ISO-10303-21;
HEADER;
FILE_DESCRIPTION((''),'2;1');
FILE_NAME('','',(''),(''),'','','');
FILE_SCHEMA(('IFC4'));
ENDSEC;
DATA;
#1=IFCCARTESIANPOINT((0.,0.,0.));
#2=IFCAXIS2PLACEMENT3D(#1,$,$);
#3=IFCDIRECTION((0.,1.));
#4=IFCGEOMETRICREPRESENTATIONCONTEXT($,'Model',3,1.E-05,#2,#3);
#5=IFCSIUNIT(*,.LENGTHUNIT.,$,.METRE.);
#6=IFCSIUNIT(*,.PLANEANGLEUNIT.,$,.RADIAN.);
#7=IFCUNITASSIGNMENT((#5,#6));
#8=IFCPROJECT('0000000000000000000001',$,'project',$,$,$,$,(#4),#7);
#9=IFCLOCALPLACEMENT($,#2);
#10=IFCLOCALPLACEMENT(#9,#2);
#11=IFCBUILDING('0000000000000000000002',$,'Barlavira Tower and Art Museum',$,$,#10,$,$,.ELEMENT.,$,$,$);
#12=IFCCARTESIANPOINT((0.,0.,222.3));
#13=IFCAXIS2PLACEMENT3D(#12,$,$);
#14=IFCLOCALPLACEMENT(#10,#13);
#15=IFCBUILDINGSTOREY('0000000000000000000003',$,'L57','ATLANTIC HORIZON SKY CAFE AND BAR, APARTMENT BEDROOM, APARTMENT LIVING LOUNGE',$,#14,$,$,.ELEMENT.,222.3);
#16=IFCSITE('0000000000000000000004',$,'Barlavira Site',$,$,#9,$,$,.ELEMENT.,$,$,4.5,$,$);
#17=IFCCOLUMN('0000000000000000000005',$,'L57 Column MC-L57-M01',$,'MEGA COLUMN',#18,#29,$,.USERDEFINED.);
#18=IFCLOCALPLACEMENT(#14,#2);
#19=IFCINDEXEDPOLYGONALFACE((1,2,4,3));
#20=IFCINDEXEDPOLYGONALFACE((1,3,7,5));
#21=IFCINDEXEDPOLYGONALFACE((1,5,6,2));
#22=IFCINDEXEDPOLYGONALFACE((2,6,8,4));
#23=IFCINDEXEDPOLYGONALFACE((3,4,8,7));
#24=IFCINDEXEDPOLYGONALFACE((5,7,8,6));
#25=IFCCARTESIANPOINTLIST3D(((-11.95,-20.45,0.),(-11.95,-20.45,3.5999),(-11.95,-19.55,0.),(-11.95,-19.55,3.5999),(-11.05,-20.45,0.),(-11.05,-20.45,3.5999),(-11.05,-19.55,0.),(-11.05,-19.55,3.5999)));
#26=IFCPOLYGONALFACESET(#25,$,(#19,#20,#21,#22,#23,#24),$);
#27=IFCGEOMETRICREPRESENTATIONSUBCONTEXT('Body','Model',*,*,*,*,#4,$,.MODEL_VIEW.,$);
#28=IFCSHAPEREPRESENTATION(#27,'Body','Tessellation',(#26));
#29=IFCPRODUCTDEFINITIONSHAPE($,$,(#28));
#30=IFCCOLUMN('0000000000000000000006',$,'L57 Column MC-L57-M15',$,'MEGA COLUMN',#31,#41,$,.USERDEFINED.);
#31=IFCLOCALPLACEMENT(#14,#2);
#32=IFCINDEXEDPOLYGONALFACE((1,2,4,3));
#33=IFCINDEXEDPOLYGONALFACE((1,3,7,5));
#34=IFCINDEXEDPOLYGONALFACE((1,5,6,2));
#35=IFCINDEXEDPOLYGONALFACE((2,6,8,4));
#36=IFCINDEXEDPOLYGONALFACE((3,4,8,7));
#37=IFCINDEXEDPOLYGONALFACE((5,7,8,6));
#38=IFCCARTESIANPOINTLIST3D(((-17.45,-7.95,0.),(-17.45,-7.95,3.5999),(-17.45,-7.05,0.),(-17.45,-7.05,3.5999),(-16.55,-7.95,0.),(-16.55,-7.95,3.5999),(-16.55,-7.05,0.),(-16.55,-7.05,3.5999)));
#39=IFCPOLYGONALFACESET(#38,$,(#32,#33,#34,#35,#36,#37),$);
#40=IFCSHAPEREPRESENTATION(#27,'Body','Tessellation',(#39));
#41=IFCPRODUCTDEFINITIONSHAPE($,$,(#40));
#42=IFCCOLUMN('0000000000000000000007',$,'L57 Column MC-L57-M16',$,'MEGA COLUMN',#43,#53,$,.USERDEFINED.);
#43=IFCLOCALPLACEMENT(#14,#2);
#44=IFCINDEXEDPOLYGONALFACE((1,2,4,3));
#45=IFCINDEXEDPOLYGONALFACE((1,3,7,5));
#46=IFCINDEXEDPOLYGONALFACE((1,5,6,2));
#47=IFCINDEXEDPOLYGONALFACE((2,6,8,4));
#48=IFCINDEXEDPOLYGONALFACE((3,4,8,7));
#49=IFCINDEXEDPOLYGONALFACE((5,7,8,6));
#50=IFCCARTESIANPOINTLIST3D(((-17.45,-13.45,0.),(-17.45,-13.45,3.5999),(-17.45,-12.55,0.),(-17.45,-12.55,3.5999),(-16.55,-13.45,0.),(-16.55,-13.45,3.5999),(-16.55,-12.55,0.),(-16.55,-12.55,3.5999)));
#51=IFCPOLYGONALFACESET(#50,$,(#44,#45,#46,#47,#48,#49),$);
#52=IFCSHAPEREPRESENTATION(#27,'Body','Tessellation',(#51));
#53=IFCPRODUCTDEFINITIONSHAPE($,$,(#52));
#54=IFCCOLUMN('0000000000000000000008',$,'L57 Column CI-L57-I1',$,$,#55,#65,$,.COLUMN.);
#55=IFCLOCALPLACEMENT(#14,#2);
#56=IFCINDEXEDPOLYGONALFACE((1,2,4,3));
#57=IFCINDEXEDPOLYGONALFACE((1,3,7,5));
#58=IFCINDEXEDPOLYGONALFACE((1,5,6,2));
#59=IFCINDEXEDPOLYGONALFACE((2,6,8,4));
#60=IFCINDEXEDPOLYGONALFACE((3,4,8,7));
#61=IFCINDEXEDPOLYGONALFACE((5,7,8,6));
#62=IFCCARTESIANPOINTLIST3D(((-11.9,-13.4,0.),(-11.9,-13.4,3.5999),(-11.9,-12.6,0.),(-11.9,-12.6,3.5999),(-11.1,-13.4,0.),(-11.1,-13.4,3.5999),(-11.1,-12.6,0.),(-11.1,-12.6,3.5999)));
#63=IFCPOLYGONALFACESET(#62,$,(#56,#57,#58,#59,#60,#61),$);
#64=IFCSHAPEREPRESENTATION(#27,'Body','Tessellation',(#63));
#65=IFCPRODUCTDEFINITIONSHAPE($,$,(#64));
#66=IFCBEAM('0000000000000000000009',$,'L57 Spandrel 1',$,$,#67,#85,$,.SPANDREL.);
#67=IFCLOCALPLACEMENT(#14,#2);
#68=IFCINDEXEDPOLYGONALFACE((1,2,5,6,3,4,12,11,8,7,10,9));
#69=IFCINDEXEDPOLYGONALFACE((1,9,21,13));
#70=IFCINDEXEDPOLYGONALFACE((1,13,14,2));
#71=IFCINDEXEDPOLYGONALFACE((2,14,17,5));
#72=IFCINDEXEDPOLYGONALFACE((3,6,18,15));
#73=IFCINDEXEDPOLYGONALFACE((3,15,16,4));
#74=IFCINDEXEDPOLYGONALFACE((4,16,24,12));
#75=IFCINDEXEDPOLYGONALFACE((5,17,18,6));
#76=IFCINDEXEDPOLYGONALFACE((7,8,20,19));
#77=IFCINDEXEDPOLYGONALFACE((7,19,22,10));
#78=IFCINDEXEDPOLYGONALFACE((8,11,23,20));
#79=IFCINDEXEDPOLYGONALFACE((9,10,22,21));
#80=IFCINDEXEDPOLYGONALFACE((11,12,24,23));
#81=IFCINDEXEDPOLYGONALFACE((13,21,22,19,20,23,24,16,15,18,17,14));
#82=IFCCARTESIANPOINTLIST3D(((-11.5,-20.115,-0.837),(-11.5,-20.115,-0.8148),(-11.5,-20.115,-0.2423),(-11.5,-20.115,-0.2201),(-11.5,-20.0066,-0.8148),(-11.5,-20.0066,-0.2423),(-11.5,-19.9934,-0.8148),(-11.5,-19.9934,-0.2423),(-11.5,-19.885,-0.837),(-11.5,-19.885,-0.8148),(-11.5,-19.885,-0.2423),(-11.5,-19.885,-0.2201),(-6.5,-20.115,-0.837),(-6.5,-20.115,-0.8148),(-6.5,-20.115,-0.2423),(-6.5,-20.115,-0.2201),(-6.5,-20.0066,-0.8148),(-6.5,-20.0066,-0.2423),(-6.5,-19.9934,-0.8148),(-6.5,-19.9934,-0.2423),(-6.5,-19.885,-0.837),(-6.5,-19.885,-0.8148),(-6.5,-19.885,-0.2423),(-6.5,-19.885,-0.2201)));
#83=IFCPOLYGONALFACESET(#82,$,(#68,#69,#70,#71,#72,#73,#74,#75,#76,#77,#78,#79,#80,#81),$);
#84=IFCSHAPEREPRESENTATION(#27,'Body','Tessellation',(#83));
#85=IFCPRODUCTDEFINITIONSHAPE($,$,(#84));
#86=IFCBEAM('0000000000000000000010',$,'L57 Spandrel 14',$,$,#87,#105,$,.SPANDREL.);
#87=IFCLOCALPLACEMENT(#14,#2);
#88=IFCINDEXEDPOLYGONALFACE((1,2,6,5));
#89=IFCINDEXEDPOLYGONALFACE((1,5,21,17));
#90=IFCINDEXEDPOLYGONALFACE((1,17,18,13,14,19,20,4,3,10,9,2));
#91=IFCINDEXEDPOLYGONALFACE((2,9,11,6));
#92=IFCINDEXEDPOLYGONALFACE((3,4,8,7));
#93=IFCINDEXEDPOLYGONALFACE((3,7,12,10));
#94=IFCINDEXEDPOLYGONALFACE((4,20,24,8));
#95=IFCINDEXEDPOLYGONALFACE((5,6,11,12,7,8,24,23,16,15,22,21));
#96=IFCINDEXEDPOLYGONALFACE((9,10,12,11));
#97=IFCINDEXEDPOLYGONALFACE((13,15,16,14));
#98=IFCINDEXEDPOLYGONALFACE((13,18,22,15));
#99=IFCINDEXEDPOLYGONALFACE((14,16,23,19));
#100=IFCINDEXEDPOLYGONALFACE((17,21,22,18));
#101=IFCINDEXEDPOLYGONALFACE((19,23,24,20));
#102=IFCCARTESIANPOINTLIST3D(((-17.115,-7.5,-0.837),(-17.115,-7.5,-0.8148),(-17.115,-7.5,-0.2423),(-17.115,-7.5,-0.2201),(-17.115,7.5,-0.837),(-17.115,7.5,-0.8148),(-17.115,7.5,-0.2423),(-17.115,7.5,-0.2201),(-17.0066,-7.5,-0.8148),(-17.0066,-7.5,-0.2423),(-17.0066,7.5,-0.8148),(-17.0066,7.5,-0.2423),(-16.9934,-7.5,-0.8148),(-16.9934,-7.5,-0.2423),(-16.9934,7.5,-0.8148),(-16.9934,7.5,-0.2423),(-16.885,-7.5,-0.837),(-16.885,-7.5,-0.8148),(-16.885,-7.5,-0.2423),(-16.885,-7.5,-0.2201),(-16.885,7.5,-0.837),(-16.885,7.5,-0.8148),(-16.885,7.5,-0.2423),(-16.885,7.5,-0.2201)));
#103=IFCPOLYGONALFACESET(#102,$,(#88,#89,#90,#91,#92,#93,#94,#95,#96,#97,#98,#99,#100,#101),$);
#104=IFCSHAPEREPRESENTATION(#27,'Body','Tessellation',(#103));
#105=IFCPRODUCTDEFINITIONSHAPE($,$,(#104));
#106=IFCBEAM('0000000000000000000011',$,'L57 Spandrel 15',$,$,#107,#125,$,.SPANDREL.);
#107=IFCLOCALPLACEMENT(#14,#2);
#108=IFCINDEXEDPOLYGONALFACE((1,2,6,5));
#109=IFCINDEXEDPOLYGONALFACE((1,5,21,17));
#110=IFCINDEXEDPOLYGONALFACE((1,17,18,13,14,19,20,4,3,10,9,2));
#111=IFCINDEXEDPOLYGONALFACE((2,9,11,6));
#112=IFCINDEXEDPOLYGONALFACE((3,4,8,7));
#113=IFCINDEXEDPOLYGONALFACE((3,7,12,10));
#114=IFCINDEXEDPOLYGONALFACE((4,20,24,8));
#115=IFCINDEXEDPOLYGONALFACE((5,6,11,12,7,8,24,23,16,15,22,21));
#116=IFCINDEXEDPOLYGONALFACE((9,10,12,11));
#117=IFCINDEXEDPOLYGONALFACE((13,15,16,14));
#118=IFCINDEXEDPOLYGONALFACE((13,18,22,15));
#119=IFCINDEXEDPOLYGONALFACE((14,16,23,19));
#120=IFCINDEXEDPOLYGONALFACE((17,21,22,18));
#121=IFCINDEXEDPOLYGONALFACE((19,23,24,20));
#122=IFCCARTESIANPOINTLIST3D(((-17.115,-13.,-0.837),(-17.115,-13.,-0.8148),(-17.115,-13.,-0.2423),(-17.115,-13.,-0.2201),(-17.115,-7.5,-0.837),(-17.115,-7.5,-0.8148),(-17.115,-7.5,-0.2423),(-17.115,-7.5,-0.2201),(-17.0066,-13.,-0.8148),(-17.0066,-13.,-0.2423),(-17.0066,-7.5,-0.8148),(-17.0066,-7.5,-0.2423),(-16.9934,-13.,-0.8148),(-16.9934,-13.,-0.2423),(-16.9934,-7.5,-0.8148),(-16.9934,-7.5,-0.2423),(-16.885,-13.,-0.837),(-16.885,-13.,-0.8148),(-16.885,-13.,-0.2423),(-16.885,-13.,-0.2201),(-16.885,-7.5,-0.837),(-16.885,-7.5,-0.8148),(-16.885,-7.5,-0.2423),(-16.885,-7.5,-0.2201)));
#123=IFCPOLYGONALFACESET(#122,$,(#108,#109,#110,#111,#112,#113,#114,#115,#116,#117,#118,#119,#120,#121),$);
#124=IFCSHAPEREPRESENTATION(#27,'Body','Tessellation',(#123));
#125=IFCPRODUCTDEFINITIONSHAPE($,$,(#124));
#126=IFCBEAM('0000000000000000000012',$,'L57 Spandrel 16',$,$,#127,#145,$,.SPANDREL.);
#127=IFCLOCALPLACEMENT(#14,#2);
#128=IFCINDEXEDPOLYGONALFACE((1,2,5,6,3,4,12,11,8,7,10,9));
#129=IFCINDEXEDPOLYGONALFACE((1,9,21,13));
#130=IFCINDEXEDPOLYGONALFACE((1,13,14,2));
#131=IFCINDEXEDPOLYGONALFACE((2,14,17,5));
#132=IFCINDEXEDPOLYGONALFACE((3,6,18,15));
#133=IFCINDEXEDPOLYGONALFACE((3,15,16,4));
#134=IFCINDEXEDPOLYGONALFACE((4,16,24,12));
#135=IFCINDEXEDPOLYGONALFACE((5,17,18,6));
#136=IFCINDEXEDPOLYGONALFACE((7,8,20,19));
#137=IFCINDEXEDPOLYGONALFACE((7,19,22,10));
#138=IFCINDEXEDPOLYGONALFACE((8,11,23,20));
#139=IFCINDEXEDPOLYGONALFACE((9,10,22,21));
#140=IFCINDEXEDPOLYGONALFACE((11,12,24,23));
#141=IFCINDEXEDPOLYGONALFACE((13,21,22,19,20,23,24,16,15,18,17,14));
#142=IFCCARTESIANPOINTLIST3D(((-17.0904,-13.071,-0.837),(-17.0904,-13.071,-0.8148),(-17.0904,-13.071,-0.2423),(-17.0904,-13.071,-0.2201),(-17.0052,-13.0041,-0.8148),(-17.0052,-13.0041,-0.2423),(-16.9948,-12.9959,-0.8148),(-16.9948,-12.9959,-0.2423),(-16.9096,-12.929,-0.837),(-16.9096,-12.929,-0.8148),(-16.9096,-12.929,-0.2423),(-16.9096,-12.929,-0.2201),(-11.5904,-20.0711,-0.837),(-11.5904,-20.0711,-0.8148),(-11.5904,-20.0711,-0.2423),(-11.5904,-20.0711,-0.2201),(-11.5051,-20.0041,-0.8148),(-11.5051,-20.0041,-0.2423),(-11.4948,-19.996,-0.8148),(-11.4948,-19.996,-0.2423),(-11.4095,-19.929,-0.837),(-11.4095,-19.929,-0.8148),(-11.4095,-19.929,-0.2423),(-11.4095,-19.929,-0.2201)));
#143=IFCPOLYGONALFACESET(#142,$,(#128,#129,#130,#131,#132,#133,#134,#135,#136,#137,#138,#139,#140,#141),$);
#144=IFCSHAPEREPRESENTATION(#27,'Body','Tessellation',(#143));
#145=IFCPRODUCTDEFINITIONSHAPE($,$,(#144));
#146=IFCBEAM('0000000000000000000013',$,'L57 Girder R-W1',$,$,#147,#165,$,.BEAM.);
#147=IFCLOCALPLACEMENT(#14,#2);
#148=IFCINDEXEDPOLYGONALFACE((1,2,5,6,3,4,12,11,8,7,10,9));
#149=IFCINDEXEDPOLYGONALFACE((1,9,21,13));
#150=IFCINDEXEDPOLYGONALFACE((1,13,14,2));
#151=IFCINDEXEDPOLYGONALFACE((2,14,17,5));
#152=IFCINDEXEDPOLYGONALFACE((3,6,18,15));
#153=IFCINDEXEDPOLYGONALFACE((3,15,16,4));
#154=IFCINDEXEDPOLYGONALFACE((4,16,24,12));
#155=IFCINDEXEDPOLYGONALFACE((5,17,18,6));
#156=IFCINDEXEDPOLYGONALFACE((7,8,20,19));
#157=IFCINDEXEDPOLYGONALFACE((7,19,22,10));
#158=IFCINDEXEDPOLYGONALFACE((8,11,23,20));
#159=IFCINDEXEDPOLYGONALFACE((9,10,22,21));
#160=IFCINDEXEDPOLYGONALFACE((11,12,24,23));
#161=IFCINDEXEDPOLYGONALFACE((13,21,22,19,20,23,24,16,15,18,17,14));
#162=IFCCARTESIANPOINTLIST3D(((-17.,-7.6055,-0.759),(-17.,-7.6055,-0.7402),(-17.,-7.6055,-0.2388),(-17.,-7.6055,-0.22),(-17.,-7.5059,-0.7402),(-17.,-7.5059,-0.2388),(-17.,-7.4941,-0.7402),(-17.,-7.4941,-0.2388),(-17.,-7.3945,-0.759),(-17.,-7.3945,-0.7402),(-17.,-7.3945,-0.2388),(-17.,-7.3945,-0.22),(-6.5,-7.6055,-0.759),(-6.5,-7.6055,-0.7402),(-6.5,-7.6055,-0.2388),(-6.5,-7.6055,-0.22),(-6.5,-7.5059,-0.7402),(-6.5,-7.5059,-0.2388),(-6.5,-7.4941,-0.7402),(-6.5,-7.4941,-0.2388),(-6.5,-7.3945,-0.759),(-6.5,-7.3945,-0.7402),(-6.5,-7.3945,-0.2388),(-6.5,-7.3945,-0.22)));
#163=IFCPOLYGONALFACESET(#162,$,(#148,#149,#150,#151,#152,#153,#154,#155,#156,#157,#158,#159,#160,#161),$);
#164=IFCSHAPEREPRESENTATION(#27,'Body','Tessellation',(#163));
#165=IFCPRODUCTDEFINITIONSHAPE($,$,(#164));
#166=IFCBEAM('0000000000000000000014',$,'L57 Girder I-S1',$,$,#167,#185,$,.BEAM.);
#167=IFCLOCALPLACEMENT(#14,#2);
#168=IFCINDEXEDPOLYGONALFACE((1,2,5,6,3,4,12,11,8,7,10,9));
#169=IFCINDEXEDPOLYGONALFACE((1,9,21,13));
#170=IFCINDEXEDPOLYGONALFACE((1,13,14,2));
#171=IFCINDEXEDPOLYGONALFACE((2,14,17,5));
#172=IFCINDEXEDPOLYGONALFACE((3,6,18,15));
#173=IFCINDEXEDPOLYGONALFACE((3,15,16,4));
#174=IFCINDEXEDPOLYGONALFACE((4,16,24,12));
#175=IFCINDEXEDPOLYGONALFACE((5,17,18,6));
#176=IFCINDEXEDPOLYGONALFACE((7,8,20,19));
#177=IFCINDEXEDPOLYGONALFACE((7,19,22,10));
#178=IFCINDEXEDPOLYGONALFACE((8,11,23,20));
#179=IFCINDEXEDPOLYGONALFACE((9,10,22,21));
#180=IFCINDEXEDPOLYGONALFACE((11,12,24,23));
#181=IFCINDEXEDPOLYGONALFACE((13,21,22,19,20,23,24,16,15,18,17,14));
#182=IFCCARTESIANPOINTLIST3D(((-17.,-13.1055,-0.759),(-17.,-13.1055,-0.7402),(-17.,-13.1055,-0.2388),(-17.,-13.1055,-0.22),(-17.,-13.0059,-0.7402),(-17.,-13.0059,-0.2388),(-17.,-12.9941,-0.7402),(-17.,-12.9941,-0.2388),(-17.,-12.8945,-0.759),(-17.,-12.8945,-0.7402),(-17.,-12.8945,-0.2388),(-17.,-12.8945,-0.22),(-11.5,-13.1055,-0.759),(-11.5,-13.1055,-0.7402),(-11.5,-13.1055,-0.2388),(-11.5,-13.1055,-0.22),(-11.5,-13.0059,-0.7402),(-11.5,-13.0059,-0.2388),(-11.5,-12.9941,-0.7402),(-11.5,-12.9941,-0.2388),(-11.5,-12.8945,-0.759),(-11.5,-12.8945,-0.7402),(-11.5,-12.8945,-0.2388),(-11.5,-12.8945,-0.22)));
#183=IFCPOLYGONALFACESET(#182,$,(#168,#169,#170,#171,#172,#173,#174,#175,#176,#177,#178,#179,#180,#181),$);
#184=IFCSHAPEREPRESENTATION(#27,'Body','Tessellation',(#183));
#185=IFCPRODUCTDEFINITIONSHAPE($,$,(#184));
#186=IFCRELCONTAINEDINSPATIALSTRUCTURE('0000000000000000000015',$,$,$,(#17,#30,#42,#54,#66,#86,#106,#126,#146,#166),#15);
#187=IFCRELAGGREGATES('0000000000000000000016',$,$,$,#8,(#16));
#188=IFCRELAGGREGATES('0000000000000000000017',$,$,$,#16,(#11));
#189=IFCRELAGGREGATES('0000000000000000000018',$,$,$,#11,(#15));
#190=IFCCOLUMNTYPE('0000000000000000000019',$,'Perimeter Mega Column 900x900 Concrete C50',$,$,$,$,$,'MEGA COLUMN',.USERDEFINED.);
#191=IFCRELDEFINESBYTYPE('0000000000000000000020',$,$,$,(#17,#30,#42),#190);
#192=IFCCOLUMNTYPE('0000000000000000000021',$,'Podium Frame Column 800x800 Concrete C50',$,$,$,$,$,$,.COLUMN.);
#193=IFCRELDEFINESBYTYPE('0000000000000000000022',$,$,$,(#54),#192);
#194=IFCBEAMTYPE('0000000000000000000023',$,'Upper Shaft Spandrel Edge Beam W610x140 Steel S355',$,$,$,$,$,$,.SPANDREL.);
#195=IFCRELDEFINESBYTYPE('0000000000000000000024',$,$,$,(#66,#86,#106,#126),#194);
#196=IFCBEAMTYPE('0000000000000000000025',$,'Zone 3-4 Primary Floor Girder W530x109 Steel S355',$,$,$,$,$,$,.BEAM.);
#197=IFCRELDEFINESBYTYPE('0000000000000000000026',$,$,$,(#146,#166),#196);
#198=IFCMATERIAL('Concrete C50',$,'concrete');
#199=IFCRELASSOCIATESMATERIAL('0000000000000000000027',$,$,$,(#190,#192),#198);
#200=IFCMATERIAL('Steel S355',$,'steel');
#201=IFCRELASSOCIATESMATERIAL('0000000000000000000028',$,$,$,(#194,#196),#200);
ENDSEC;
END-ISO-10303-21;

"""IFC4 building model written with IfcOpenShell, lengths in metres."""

from ifc_helpers import new_model, si_unit, direction, frame, origin, origin_2d, place, context, subcontext, project, spatial, rectangle, i_section, extrude, material, material_profile, profile_set, type_object, element, save


model = new_model("IFC4")

# Units and contexts
model_context = context("Model", 3, precision=1e-05, world=origin(), true_north=direction((0.0, 1.0)))
body_context = subcontext(model_context, "Body", "Model", "MODEL_VIEW")
ifc_project = project(units=[si_unit("LENGTHUNIT", "METRE"), si_unit("PLANEANGLEUNIT", "RADIAN")], contexts=[model_context])

# Site, building, storey
site_placement = place(None, origin())
site = spatial("IfcSite", under=ifc_project, at=site_placement, Name="Barlavira Site", CompositionType="ELEMENT", RefElevation=4.5)
building_placement = place(site_placement, origin())
building = spatial("IfcBuilding", under=site, at=building_placement, Name="Barlavira Tower and Art Museum", CompositionType="ELEMENT")
storey_placement = place(building_placement, frame((0.0, 0.0, 222.3)))
storey = spatial("IfcBuildingStorey", under=building, at=storey_placement, Name="L57", Description="ATLANTIC HORIZON SKY CAFE AND BAR, APARTMENT BEDROOM, APARTMENT LIVING LOUNGE", CompositionType="ELEMENT", Elevation=222.3)

# Columns
ifc_material_1 = material(Name="Concrete C50", Category="concrete")
ifc_material_profile_1 = material_profile(ifc_material_1, rectangle(XDim=0.8999, YDim=0.8999, at=origin_2d()), Name="RC-COL 900x900")
ifc_profile_set_1 = profile_set([ifc_material_profile_1], Name="Concrete C50")
column_type_1 = type_object("IfcColumnType", Name="Perimeter Mega Column 900x900 Concrete C50", ElementType="MEGA COLUMN", PredefinedType="USERDEFINED", material=ifc_profile_set_1)
for number, where, z_axis, x_axis, name in (
    (1, (-11.5, -20.0, 0.0), (0.0, 0.0, 1.0), (1.0, 0.0, 0.0), "L57 Column MC-L57-M01"),
    (2, (-17.0, -7.5, 0.0), (0.0, 0.0, 1.0), (1.0, 0.0, 0.0), "L57 Column MC-L57-M15"),
    (3, (-17.0, -13.0, 0.0), (0.0, 0.0, 1.0), (1.0, 0.0, 0.0), "L57 Column MC-L57-M16"),
):
    element("IfcColumn", number, at=place(storey_placement, frame(where, z_axis=z_axis, x_axis=x_axis)), inside=storey, type_object=column_type_1, Name=name, ObjectType="MEGA COLUMN", PredefinedType="USERDEFINED", context=body_context, shape_type="SweptSolid", body=[
        extrude(rectangle(XDim=0.8999, YDim=0.8999, at=origin_2d()), origin(), (0.0, 0.0, 1.0), 3.5999),
    ])
ifc_material_profile_2 = material_profile(ifc_material_1, rectangle(XDim=0.8, YDim=0.8, at=origin_2d()), Name="RC-COL 800x800")
ifc_profile_set_2 = profile_set([ifc_material_profile_2], Name="Concrete C50")
column_type_2 = type_object("IfcColumnType", Name="Podium Frame Column 800x800 Concrete C50", PredefinedType="COLUMN", material=ifc_profile_set_2)
column_placement = place(storey_placement, frame((-11.5, -13.0, 0.0), z_axis=(0.0, 0.0, 1.0), x_axis=(1.0, 0.0, 0.0)))
element("IfcColumn", 4, at=column_placement, inside=storey, type_object=column_type_2, Name="L57 Column CI-L57-I1", PredefinedType="COLUMN", context=body_context, shape_type="SweptSolid", body=[
    extrude(rectangle(XDim=0.8, YDim=0.8, at=origin_2d()), origin(), (0.0, 0.0, 1.0), 3.5999),
])

# Beams
ifc_material_2 = material(Name="Steel S355", Category="steel")
ifc_material_profile_3 = material_profile(ifc_material_2, i_section(OverallWidth=0.23, OverallDepth=0.6169, WebThickness=0.0132, FlangeThickness=0.0222, at=origin_2d()), Name="W610x140.0")
ifc_profile_set_3 = profile_set([ifc_material_profile_3], Name="Steel S355")
beam_type_1 = type_object("IfcBeamType", Name="Upper Shaft Spandrel Edge Beam W610x140 Steel S355", PredefinedType="SPANDREL", material=ifc_profile_set_3)
beam_1_placement = place(storey_placement, frame((-11.5, -20.0, -0.5286), z_axis=(1.0, 0.0, 0.0), x_axis=(0.0, 1.0, 0.0)))
element("IfcBeam", 5, at=beam_1_placement, inside=storey, type_object=beam_type_1, Name="L57 Spandrel 1", PredefinedType="SPANDREL", context=body_context, shape_type="SweptSolid", body=[
    extrude(i_section(OverallWidth=0.23, OverallDepth=0.6169, WebThickness=0.0132, FlangeThickness=0.0222, at=origin_2d()), origin(), (0.0, 0.0, 1.0), 5.0),
])
beam_2_placement = place(storey_placement, frame((-17.0, -7.5, -0.5286), z_axis=(0.0, 1.0, 0.0), x_axis=(-1.0, 0.0, 0.0)))
element("IfcBeam", 6, at=beam_2_placement, inside=storey, type_object=beam_type_1, Name="L57 Spandrel 14", PredefinedType="SPANDREL", context=body_context, shape_type="SweptSolid", body=[
    extrude(i_section(OverallWidth=0.23, OverallDepth=0.6169, WebThickness=0.0132, FlangeThickness=0.0222, at=origin_2d()), origin(), (0.0, 0.0, 1.0), 15.0),
])
beam_3_placement = place(storey_placement, frame((-17.0, -13.0, -0.5286), z_axis=(0.0, 1.0, 0.0), x_axis=(-1.0, 0.0, 0.0)))
element("IfcBeam", 7, at=beam_3_placement, inside=storey, type_object=beam_type_1, Name="L57 Spandrel 15", PredefinedType="SPANDREL", context=body_context, shape_type="SweptSolid", body=[
    extrude(i_section(OverallWidth=0.23, OverallDepth=0.6169, WebThickness=0.0132, FlangeThickness=0.0222, at=origin_2d()), origin(), (0.0, 0.0, 1.0), 5.5),
])
beam_4_placement = place(storey_placement, frame((-17.0, -13.0, -0.5286), z_axis=(0.617822, -0.786318, 0.0), x_axis=(0.786318, 0.617822, 0.0)))
element("IfcBeam", 8, at=beam_4_placement, inside=storey, type_object=beam_type_1, Name="L57 Spandrel 16", PredefinedType="SPANDREL", context=body_context, shape_type="SweptSolid", body=[
    extrude(i_section(OverallWidth=0.23, OverallDepth=0.6169, WebThickness=0.0132, FlangeThickness=0.0222, at=origin_2d()), origin(), (0.0, 0.0, 1.0), 8.9023),
])
ifc_material_profile_4 = material_profile(ifc_material_2, i_section(OverallWidth=0.2109, OverallDepth=0.5391, WebThickness=0.0117, FlangeThickness=0.0188, at=origin_2d()), Name="W530x109.0")
ifc_profile_set_4 = profile_set([ifc_material_profile_4], Name="Steel S355")
beam_type_2 = type_object("IfcBeamType", Name="Zone 3-4 Primary Floor Girder W530x109 Steel S355", PredefinedType="BEAM", material=ifc_profile_set_4)
beam_5_placement = place(storey_placement, frame((-17.0, -7.5, -0.4895), z_axis=(1.0, 0.0, 0.0), x_axis=(0.0, 1.0, 0.0)))
element("IfcBeam", 9, at=beam_5_placement, inside=storey, type_object=beam_type_2, Name="L57 Girder R-W1", PredefinedType="BEAM", context=body_context, shape_type="SweptSolid", body=[
    extrude(i_section(OverallWidth=0.2109, OverallDepth=0.5391, WebThickness=0.0117, FlangeThickness=0.0188, at=origin_2d()), origin(), (0.0, 0.0, 1.0), 10.5),
])
beam_6_placement = place(storey_placement, frame((-17.0, -13.0, -0.4895), z_axis=(1.0, 0.0, 0.0), x_axis=(0.0, 1.0, 0.0)))
element("IfcBeam", 10, at=beam_6_placement, inside=storey, type_object=beam_type_2, Name="L57 Girder I-S1", PredefinedType="BEAM", context=body_context, shape_type="SweptSolid", body=[
    extrude(i_section(OverallWidth=0.2109, OverallDepth=0.5391, WebThickness=0.0117, FlangeThickness=0.0188, at=origin_2d()), origin(), (0.0, 0.0, 1.0), 5.5),
])

save(model, "model.ifc")
